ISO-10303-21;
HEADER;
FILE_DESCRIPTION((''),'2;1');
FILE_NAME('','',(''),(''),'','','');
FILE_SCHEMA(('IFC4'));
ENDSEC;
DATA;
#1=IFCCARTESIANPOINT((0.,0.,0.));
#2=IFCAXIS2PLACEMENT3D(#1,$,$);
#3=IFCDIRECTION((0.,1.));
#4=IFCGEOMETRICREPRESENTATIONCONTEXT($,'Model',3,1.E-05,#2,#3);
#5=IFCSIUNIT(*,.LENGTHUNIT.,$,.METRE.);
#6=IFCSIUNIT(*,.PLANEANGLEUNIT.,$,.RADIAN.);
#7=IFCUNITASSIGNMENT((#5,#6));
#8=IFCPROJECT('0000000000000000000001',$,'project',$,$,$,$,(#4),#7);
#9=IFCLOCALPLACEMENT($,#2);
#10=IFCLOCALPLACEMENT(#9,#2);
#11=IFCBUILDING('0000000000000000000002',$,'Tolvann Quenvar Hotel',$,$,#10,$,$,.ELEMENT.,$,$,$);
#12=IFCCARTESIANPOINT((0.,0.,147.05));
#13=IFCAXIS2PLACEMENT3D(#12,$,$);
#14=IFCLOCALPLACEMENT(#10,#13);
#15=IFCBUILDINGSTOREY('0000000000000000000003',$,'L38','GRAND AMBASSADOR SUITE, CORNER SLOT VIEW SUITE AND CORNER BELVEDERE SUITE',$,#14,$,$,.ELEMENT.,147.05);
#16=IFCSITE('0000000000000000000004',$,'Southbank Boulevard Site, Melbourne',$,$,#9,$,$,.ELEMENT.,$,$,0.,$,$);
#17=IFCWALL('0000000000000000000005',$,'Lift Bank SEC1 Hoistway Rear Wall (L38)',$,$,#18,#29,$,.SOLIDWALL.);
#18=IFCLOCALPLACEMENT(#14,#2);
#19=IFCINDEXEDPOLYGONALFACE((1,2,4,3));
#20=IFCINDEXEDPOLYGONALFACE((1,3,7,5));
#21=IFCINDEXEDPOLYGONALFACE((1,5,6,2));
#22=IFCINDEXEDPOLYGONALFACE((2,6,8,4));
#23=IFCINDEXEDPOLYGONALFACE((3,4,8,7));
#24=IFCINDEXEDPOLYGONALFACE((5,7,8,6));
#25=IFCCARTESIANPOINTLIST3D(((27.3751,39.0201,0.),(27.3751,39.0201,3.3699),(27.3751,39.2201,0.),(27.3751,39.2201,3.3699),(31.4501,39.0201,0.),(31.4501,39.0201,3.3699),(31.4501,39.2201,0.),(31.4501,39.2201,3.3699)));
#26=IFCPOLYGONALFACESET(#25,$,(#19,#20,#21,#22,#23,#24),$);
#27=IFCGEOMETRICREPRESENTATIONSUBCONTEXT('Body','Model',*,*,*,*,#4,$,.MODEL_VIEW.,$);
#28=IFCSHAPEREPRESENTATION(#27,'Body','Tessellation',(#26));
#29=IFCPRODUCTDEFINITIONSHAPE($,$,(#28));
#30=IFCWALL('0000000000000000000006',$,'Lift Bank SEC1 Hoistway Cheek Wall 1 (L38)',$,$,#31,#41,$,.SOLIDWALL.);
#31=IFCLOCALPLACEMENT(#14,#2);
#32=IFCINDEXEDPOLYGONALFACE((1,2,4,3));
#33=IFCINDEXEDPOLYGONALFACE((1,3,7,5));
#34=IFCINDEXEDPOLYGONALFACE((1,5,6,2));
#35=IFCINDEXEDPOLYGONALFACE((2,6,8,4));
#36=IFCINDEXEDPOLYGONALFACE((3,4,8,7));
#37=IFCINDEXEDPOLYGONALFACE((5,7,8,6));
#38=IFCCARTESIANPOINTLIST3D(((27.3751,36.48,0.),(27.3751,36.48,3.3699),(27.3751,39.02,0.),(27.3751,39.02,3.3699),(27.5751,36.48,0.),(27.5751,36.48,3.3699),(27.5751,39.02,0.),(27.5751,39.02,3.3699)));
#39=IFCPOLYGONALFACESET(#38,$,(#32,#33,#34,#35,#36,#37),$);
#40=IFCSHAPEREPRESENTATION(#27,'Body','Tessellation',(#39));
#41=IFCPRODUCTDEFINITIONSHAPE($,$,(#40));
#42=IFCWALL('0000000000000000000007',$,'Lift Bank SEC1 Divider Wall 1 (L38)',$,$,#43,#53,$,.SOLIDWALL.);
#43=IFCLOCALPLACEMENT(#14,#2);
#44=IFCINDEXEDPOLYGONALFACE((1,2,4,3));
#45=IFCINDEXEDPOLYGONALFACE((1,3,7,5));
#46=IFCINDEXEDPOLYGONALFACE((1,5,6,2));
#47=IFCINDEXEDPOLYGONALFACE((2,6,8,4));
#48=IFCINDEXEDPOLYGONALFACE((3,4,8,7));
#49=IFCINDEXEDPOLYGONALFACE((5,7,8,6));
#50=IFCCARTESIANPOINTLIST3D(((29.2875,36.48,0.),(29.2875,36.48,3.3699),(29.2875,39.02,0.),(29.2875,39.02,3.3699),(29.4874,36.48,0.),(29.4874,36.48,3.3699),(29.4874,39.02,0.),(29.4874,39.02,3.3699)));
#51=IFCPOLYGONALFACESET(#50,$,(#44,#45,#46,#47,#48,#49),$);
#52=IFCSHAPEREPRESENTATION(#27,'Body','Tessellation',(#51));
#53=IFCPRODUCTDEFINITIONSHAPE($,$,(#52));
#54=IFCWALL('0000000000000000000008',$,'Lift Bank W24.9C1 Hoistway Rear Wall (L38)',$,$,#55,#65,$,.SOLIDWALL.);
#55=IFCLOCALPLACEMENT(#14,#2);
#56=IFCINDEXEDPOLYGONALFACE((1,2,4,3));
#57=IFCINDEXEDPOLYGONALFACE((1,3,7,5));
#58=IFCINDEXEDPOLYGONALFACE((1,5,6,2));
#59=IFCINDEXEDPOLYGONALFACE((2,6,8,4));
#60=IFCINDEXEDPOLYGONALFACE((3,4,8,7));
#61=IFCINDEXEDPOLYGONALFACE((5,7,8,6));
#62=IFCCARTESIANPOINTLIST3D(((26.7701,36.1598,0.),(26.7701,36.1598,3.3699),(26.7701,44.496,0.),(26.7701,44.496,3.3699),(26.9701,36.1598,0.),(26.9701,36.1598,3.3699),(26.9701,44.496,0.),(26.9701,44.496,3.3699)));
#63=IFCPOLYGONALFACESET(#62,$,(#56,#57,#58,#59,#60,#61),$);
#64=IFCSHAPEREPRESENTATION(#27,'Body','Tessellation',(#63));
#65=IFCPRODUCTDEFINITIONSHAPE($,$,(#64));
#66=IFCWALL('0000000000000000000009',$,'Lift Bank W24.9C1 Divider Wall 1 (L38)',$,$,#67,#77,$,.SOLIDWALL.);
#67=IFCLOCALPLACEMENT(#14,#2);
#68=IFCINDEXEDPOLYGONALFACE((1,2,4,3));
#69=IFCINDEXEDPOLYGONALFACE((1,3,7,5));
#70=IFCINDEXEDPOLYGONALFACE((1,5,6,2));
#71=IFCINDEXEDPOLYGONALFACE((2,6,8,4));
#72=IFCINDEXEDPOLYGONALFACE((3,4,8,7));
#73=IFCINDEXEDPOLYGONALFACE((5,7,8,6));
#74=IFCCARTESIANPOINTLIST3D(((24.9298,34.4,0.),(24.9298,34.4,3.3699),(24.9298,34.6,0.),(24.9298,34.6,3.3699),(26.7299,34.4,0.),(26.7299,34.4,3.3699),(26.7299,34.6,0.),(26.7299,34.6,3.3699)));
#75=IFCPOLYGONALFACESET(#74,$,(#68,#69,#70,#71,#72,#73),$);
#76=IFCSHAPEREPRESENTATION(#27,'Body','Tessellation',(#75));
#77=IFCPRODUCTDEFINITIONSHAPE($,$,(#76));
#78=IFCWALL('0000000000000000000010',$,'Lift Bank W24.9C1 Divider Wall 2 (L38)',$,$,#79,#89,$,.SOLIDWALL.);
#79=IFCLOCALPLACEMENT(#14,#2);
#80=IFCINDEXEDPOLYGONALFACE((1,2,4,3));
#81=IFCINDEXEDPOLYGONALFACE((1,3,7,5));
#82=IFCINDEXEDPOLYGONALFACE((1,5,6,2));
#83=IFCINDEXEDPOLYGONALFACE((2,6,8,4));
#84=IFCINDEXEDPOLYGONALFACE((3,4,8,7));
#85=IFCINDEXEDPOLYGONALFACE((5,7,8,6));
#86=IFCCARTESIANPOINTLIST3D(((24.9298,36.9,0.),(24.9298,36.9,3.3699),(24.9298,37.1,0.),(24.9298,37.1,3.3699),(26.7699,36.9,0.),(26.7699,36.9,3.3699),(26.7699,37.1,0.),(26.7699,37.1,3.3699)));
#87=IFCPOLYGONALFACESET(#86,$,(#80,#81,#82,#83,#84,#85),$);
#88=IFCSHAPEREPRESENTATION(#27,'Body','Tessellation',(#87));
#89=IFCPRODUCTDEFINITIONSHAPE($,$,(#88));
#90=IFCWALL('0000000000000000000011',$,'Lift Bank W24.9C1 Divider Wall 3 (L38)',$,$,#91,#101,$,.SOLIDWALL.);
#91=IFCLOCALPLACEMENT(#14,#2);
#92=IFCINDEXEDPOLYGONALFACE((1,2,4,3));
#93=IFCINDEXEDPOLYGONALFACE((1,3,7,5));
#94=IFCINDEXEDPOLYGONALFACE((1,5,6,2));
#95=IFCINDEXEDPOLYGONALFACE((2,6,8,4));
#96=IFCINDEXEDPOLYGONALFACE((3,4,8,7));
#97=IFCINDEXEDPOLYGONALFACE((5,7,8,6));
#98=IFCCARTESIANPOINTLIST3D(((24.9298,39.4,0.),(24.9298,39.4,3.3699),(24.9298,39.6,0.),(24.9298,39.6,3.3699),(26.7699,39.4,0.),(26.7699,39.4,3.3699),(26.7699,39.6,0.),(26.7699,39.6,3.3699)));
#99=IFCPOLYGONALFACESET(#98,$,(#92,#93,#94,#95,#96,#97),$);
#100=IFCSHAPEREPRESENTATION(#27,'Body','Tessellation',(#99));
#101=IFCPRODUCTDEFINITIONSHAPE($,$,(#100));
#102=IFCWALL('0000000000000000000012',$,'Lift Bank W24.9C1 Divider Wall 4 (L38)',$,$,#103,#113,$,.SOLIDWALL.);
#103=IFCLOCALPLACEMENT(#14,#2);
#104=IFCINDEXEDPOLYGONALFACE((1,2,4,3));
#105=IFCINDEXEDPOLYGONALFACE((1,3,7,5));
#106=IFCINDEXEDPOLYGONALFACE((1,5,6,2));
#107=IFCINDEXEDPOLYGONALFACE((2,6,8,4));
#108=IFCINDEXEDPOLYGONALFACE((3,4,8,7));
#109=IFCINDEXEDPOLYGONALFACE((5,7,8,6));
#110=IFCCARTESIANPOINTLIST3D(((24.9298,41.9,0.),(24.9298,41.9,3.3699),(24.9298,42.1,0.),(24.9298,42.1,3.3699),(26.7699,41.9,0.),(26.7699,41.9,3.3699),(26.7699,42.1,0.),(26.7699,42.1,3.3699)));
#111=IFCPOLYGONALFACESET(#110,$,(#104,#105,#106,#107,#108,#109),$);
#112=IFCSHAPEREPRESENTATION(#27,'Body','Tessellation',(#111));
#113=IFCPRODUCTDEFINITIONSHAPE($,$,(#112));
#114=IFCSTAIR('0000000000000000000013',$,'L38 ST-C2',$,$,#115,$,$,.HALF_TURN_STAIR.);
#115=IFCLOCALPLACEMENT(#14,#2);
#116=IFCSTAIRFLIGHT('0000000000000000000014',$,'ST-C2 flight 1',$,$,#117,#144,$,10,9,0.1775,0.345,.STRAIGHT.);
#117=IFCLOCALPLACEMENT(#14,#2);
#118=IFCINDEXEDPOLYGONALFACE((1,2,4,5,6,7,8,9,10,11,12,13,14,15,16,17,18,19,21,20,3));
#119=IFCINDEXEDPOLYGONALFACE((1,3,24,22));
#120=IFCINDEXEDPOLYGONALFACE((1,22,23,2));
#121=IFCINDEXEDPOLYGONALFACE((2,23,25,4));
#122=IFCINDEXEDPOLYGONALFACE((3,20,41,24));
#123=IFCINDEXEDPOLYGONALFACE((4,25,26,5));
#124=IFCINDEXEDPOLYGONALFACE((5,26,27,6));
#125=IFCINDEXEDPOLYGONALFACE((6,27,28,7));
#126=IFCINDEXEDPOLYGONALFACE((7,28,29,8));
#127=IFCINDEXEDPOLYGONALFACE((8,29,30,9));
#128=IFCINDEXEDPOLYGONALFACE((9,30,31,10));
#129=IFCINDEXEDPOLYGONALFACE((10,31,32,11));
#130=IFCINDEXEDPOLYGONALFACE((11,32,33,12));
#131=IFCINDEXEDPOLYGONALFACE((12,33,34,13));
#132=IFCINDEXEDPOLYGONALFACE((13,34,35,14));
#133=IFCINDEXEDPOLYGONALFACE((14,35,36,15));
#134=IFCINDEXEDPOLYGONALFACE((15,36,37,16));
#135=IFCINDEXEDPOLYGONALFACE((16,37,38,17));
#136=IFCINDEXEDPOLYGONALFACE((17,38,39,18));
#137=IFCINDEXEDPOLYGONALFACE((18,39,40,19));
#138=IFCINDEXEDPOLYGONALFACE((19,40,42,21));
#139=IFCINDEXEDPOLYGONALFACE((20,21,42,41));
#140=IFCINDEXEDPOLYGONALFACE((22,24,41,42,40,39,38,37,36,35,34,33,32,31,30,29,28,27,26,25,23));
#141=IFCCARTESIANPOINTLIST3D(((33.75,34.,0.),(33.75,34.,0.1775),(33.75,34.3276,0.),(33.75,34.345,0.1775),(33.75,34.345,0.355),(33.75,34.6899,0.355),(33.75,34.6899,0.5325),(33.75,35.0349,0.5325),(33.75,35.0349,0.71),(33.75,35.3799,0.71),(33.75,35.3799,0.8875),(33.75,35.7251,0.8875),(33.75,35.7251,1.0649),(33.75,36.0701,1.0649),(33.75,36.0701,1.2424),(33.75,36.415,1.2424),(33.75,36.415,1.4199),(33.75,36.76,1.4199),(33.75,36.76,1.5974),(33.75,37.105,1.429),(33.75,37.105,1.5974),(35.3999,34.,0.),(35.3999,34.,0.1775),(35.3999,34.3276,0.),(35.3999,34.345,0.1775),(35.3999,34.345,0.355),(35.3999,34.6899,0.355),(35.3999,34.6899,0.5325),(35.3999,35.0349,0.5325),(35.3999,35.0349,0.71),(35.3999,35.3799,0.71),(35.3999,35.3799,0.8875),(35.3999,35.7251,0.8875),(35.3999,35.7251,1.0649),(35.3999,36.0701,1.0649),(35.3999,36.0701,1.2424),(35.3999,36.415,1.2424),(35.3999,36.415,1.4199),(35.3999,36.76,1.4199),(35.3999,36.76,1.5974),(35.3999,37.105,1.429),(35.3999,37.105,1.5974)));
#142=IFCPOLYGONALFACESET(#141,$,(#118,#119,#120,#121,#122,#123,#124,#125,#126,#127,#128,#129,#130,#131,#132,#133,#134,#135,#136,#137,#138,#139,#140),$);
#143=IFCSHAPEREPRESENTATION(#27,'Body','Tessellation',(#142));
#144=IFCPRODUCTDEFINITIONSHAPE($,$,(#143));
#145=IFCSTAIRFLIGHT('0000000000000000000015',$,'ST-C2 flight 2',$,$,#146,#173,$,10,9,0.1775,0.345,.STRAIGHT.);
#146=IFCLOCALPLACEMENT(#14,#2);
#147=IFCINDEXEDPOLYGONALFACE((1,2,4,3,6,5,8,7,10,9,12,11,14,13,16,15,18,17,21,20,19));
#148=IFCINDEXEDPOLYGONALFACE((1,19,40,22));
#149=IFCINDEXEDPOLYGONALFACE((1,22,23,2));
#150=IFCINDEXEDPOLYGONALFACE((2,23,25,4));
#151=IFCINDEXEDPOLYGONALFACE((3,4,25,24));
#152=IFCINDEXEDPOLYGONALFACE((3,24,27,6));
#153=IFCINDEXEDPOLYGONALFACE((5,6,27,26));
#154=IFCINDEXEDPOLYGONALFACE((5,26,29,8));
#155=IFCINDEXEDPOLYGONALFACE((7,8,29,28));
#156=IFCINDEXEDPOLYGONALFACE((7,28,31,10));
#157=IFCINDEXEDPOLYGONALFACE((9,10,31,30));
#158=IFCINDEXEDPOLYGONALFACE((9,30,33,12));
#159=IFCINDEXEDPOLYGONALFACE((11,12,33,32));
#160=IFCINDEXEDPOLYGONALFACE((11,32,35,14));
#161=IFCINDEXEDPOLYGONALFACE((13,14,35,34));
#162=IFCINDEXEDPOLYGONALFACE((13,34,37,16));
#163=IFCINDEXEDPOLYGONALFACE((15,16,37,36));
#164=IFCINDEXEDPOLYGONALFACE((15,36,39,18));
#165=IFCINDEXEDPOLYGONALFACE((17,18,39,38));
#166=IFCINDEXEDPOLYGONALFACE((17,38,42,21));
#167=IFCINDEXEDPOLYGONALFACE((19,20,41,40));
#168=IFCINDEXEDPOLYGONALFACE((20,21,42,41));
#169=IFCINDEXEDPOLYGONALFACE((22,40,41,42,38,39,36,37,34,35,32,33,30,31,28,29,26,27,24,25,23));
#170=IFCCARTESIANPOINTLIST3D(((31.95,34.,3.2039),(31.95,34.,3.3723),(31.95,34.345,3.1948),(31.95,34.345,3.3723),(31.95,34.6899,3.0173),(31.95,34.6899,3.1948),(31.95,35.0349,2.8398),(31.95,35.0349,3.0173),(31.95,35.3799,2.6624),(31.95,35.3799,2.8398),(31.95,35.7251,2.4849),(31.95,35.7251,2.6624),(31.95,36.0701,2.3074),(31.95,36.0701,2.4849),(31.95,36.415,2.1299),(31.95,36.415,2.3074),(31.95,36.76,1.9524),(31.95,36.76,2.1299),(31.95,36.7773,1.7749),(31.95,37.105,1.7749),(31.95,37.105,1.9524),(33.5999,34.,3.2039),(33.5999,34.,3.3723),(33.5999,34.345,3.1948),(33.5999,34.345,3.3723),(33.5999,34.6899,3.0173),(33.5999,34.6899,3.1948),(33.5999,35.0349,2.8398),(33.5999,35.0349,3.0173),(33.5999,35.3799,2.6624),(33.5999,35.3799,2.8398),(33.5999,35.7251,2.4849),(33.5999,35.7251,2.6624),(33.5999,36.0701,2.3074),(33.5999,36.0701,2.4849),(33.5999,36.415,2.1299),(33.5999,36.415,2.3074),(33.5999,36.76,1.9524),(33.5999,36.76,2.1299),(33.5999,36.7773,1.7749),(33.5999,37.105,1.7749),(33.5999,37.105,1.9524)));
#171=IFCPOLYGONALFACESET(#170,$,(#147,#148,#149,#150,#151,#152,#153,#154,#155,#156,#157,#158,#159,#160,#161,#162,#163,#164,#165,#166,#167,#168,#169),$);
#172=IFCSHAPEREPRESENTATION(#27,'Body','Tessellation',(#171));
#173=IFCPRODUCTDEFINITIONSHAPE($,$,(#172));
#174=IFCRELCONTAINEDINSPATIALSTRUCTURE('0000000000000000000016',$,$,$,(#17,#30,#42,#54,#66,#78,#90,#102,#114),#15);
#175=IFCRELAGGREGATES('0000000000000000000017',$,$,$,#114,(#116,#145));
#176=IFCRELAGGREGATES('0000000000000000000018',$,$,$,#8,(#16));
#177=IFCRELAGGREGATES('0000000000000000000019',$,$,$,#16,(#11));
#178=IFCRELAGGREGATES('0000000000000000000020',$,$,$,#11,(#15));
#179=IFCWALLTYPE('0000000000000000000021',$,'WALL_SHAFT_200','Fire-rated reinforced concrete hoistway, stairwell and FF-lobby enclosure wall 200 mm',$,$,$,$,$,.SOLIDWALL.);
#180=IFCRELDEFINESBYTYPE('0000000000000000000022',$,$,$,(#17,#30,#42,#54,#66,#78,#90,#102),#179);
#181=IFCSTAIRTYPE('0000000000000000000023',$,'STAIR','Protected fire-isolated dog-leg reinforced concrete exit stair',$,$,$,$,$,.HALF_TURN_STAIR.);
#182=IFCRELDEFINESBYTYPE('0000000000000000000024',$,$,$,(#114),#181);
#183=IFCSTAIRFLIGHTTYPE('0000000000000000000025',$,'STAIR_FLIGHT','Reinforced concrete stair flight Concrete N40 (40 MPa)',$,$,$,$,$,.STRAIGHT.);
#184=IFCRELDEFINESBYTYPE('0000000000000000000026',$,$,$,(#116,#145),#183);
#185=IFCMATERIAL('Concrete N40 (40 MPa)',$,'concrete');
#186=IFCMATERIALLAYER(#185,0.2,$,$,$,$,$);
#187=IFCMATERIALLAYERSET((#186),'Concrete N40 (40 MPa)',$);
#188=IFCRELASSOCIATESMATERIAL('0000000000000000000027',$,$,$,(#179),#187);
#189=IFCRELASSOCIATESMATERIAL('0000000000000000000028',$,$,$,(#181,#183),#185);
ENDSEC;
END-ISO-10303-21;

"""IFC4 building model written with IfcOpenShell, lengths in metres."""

from ifc_helpers import new_model, si_unit, direction, frame, frame_2d, origin, place, context, subcontext, project, spatial, polyline, rectangle, outline, extrude, material, layer, layer_set, type_object, element, aggregate, save


model = new_model("IFC4")

# Units and contexts
model_context = context("Model", 3, precision=1e-05, world=origin(), true_north=direction((0.0, 1.0)))
body_context = subcontext(model_context, "Body", "Model", "MODEL_VIEW")
ifc_project = project(units=[si_unit("LENGTHUNIT", "METRE"), si_unit("PLANEANGLEUNIT", "RADIAN")], contexts=[model_context])

# Site, building, storey
site_placement = place(None, origin())
site = spatial("IfcSite", under=ifc_project, at=site_placement, Name="Southbank Boulevard Site, Melbourne", CompositionType="ELEMENT", RefElevation=0.0)
building_placement = place(site_placement, origin())
building = spatial("IfcBuilding", under=site, at=building_placement, Name="Tolvann Quenvar Hotel", CompositionType="ELEMENT")
storey_placement = place(building_placement, frame((0.0, 0.0, 147.05)))
storey = spatial("IfcBuildingStorey", under=building, at=storey_placement, Name="L38", Description="GRAND AMBASSADOR SUITE, CORNER SLOT VIEW SUITE AND CORNER BELVEDERE SUITE", CompositionType="ELEMENT", Elevation=147.05)

# Shared definitions
ifc_material_1 = material(Name="Concrete N40 (40 MPa)", Category="concrete")
ifc_layer_1 = layer(ifc_material_1, 0.2)
ifc_layer_set_1 = layer_set([ifc_layer_1], Name="Concrete N40 (40 MPa)")
wall_type_1 = type_object("IfcWallType", Name="WALL_SHAFT_200", Description="Fire-rated reinforced concrete hoistway, stairwell and FF-lobby enclosure wall 200 mm", PredefinedType="SOLIDWALL", material=ifc_layer_set_1)

# Walls
wall_1_placement = place(storey_placement, frame((27.375, 39.1201, 0.0), z_axis=(0.0, 0.0, 1.0), x_axis=(1.0, 0.0, 0.0)))
element("IfcWall", 1, at=wall_1_placement, inside=storey, type_object=wall_type_1, Name="Lift Bank SEC1 Hoistway Rear Wall (L38)", PredefinedType="SOLIDWALL", context=body_context, shape_type="SweptSolid", body=[
    extrude(rectangle(XDim=4.075, YDim=0.2, at=frame_2d((2.0376, 0.0))), origin(), (0.0, 0.0, 1.0), 3.3699),
])
for number, where, z_axis, x_axis, name in (
    (2, (27.4751, 36.48, 0.0), (0.0, 0.0, 1.0), (0.0, 1.0, 0.0), "Lift Bank SEC1 Hoistway Cheek Wall 1 (L38)"),
    (3, (29.3875, 36.48, 0.0), (0.0, 0.0, 1.0), (0.0, 1.0, 0.0), "Lift Bank SEC1 Divider Wall 1 (L38)"),
):
    element("IfcWall", number, at=place(storey_placement, frame(where, z_axis=z_axis, x_axis=x_axis)), inside=storey, type_object=wall_type_1, Name=name, PredefinedType="SOLIDWALL", context=body_context, shape_type="SweptSolid", body=[
        extrude(rectangle(XDim=2.54, YDim=0.2, at=frame_2d((1.27, 0.0))), origin(), (0.0, 0.0, 1.0), 3.3699),
    ])
wall_2_placement = place(storey_placement, frame((26.8701, 36.1599, 0.0), z_axis=(0.0, 0.0, 1.0), x_axis=(0.0, 1.0, 0.0)))
element("IfcWall", 4, at=wall_2_placement, inside=storey, type_object=wall_type_1, Name="Lift Bank W24.9C1 Hoistway Rear Wall (L38)", PredefinedType="SOLIDWALL", context=body_context, shape_type="SweptSolid", body=[
    extrude(rectangle(XDim=8.3362, YDim=0.2, at=frame_2d((4.168, 0.0))), origin(), (0.0, 0.0, 1.0), 3.3699),
])
wall_3_placement = place(storey_placement, frame((24.9299, 34.5, 0.0), z_axis=(0.0, 0.0, 1.0), x_axis=(1.0, 0.0, 0.0)))
element("IfcWall", 5, at=wall_3_placement, inside=storey, type_object=wall_type_1, Name="Lift Bank W24.9C1 Divider Wall 1 (L38)", PredefinedType="SOLIDWALL", context=body_context, shape_type="SweptSolid", body=[
    extrude(rectangle(XDim=1.8, YDim=0.2, at=frame_2d((0.8999, 0.0))), origin(), (0.0, 0.0, 1.0), 3.3699),
])
for number, where, z_axis, x_axis, name in (
    (6, (24.9299, 37.0, 0.0), (0.0, 0.0, 1.0), (1.0, 0.0, 0.0), "Lift Bank W24.9C1 Divider Wall 2 (L38)"),
    (7, (24.9299, 39.5, 0.0), (0.0, 0.0, 1.0), (1.0, 0.0, 0.0), "Lift Bank W24.9C1 Divider Wall 3 (L38)"),
    (8, (24.9299, 42.0, 0.0), (0.0, 0.0, 1.0), (1.0, 0.0, 0.0), "Lift Bank W24.9C1 Divider Wall 4 (L38)"),
):
    element("IfcWall", number, at=place(storey_placement, frame(where, z_axis=z_axis, x_axis=x_axis)), inside=storey, type_object=wall_type_1, Name=name, PredefinedType="SOLIDWALL", context=body_context, shape_type="SweptSolid", body=[
        extrude(rectangle(XDim=1.8401, YDim=0.2, at=frame_2d((0.9199, 0.0))), origin(), (0.0, 0.0, 1.0), 3.3699),
    ])

# Stair, stair flights
stair_type = type_object("IfcStairType", Name="STAIR", Description="Protected fire-isolated dog-leg reinforced concrete exit stair", PredefinedType="HALF_TURN_STAIR", material=ifc_material_1)
stair_placement = place(storey_placement, origin())
stair = element("IfcStair", 9, at=stair_placement, inside=storey, type_object=stair_type, Name="L38 ST-C2", PredefinedType="HALF_TURN_STAIR")
stair_flight_type = type_object("IfcStairFlightType", Name="STAIR_FLIGHT", Description="Reinforced concrete stair flight Concrete N40 (40 MPa)", PredefinedType="STRAIGHT", material=ifc_material_1)
stair_flight_1_placement = place(storey_placement, frame((34.575, 34.0, 0.0), z_axis=(0.0, 0.0, 1.0), x_axis=(0.0, 1.0, 0.0)))
stair_flight_1 = element("IfcStairFlight", 10, at=stair_flight_1_placement, type_object=stair_flight_type, Name="ST-C2 flight 1", NumberOfRisers=10, NumberOfTreads=9, PredefinedType="STRAIGHT", RiserHeight=0.1775, TreadLength=0.345, context=body_context, shape_type="SweptSolid", body=[
    extrude(outline(polyline([(0.0, 0.0), (0.0, 0.1775), (0.345, 0.1775), (0.345, 0.355), (0.6899, 0.355), (0.6899, 0.5325), (1.0349, 0.5325), (1.0349, 0.71), (1.3799, 0.71), (1.3799, 0.8875), (1.7251, 0.8875), (1.7251, 1.0649), (2.0701, 1.0649), (2.0701, 1.2424), (2.415, 1.2424), (2.415, 1.4199), (2.76, 1.4199), (2.76, 1.5974), (3.105, 1.5974), (3.105, 1.7749), (3.105, 1.429), (0.3276, 0.0), (0.0, 0.0)])), frame((0.0, 0.825, 0.0), z_axis=(0.0, -1.0, 0.0), x_axis=(1.0, 0.0, 0.0)), (0.0, 0.0, 1.0), 1.6499),
])
stair_flight_2_placement = place(storey_placement, frame((32.7749, 37.105, 1.7749), z_axis=(0.0, 0.0, 1.0), x_axis=(0.0, -1.0, 0.0)))
stair_flight_2 = element("IfcStairFlight", 11, at=stair_flight_2_placement, type_object=stair_flight_type, Name="ST-C2 flight 2", NumberOfRisers=10, NumberOfTreads=9, PredefinedType="STRAIGHT", RiserHeight=0.1775, TreadLength=0.345, context=body_context, shape_type="SweptSolid", body=[
    extrude(outline(polyline([(0.0, 0.0), (0.0, 0.1775), (0.345, 0.1775), (0.345, 0.355), (0.6899, 0.355), (0.6899, 0.5325), (1.0349, 0.5325), (1.0349, 0.71), (1.3799, 0.71), (1.3799, 0.8875), (1.7251, 0.8875), (1.7251, 1.0649), (2.0701, 1.0649), (2.0701, 1.2424), (2.415, 1.2424), (2.415, 1.4199), (2.76, 1.4199), (2.76, 1.5974), (3.105, 1.5974), (3.105, 1.7749), (3.105, 1.429), (0.3276, 0.0), (0.0, 0.0)])), frame((0.0, 0.825, 0.0), z_axis=(0.0, -1.0, 0.0), x_axis=(1.0, 0.0, 0.0)), (0.0, 0.0, 1.0), 1.6499),
])
aggregate(stair, [stair_flight_1, stair_flight_2])

save(model, "model.ifc")
